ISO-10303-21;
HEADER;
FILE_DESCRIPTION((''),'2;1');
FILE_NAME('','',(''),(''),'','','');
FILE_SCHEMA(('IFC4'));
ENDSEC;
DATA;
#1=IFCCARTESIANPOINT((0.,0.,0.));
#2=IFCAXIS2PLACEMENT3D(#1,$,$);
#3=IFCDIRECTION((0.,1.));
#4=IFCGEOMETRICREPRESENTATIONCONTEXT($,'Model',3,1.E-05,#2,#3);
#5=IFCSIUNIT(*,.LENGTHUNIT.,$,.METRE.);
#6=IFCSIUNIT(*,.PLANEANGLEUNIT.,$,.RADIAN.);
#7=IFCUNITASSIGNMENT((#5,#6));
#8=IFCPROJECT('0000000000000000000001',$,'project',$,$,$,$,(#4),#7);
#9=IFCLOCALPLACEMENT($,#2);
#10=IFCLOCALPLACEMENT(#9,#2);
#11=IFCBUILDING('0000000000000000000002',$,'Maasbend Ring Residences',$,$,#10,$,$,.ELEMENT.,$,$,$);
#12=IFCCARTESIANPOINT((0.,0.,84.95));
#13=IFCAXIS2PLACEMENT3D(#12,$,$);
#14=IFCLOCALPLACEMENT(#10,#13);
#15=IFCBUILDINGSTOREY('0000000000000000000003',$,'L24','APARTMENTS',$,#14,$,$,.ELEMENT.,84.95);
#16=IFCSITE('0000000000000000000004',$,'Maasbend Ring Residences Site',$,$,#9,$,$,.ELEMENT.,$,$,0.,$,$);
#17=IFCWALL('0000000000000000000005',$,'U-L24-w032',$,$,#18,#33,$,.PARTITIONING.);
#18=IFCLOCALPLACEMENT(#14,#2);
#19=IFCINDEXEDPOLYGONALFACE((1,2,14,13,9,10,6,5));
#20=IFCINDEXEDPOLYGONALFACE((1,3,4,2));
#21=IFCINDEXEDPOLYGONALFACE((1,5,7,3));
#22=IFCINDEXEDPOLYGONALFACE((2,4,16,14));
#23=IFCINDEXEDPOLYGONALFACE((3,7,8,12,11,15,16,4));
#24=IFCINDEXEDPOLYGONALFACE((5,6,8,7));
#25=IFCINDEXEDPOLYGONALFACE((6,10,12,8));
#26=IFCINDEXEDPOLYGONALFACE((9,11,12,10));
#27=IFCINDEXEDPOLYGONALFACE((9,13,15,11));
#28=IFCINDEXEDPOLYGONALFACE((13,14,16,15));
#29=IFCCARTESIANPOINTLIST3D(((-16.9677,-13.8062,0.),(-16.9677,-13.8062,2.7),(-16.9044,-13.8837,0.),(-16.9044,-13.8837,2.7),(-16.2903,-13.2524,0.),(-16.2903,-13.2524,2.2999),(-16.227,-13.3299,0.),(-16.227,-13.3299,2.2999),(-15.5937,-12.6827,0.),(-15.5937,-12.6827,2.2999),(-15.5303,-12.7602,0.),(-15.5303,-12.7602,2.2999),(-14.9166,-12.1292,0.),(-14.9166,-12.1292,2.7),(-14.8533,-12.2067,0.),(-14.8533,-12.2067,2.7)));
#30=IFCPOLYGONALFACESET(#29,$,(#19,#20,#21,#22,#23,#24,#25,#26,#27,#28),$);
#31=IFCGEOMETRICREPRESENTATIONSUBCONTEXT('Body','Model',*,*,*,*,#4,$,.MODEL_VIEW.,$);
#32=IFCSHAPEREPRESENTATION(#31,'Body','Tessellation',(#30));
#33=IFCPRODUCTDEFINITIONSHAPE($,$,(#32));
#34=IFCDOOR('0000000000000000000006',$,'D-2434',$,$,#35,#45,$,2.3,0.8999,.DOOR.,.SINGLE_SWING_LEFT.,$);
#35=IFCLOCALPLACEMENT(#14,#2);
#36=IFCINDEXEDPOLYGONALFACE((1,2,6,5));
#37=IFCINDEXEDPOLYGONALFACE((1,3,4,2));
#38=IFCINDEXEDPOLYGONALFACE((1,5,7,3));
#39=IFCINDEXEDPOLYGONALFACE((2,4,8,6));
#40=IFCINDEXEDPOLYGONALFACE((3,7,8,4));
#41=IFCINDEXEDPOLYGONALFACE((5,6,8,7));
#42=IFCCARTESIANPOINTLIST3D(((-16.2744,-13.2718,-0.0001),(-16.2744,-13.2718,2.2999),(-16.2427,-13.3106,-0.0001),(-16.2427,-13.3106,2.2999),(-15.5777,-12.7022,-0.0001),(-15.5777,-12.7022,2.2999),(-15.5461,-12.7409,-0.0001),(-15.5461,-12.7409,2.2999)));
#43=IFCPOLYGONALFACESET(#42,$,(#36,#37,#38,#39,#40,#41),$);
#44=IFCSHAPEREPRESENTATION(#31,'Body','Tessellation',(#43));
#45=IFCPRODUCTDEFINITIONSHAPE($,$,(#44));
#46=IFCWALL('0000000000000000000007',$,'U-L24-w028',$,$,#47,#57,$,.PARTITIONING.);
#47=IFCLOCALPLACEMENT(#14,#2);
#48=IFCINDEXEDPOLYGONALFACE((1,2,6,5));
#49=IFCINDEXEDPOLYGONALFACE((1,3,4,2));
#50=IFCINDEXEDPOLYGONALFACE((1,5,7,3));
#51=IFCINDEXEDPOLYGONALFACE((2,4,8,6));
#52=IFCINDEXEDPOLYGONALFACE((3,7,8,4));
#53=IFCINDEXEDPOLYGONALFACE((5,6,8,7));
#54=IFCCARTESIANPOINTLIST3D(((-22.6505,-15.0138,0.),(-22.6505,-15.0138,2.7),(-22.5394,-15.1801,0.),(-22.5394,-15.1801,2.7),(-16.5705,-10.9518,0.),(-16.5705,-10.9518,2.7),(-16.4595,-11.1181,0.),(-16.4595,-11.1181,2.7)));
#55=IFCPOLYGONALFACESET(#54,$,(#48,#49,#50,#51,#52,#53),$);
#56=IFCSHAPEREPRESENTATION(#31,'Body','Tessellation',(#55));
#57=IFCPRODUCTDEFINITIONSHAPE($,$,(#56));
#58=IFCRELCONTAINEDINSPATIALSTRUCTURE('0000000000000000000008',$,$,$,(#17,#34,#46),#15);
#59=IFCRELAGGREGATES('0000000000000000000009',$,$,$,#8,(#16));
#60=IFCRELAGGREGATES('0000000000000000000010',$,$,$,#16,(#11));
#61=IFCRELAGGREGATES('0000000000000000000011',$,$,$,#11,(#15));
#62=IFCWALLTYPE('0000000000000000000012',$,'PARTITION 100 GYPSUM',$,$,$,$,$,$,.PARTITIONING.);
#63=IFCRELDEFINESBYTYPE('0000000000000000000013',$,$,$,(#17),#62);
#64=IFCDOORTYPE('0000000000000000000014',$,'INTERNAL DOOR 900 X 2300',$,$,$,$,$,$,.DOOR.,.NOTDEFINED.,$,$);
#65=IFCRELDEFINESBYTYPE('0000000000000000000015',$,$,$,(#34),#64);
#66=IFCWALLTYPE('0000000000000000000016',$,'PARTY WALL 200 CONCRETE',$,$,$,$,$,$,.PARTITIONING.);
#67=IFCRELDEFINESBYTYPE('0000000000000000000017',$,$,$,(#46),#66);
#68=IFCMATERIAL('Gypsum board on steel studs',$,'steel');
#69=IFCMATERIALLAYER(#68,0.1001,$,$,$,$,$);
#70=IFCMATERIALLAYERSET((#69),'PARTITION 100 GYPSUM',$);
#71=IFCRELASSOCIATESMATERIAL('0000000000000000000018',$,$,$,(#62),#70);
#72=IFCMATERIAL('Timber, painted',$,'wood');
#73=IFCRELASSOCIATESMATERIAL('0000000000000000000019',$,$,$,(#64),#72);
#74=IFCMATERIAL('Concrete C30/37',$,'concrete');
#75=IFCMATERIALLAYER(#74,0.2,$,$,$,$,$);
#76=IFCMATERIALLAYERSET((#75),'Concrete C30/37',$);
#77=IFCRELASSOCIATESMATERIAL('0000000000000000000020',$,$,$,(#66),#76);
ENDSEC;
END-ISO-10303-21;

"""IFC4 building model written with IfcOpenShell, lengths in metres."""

from ifc_helpers import new_model, si_unit, direction, frame, frame_2d, origin, place, context, subcontext, project, spatial, rectangle, extrude, material, layer, layer_set, type_object, element, fill, save


model = new_model("IFC4")

# Units and contexts
model_context = context("Model", 3, precision=1e-05, world=origin(), true_north=direction((0.0, 1.0)))
body_context = subcontext(model_context, "Body", "Model", "MODEL_VIEW")
ifc_project = project(units=[si_unit("LENGTHUNIT", "METRE"), si_unit("PLANEANGLEUNIT", "RADIAN")], contexts=[model_context])

# Site, building, storey
site_placement = place(None, origin())
site = spatial("IfcSite", under=ifc_project, at=site_placement, Name="Maasbend Ring Residences Site", CompositionType="ELEMENT", RefElevation=0.0)
building_placement = place(site_placement, origin())
building = spatial("IfcBuilding", under=site, at=building_placement, Name="Maasbend Ring Residences", CompositionType="ELEMENT")
storey_placement = place(building_placement, frame((0.0, 0.0, 84.95)))
storey = spatial("IfcBuildingStorey", under=building, at=storey_placement, Name="L24", Description="APARTMENTS", CompositionType="ELEMENT", Elevation=84.95)

# Shared definitions
ifc_material_1 = material(Name="Gypsum board on steel studs", Category="steel")
ifc_layer_1 = layer(ifc_material_1, 0.1001)
ifc_layer_set_1 = layer_set([ifc_layer_1], Name="PARTITION 100 GYPSUM")
wall_type_1 = type_object("IfcWallType", Name="PARTITION 100 GYPSUM", PredefinedType="PARTITIONING", material=ifc_layer_set_1)
ifc_material_2 = material(Name="Timber, painted", Category="wood")
door_type_1 = type_object("IfcDoorType", Name="INTERNAL DOOR 900 X 2300", OperationType="NOTDEFINED", PredefinedType="DOOR", material=ifc_material_2)

# Wall, opening, door
wall_1_placement = place(storey_placement, frame((-16.936, -13.845, 0.0), z_axis=(0.0, 0.0, 1.0), x_axis=(0.774163, 0.632987, 0.0)))
wall_1 = element("IfcWall", 1, at=wall_1_placement, inside=storey, type_object=wall_type_1, Name="U-L24-w032", PredefinedType="PARTITIONING", context=body_context, shape_type="SweptSolid", body=[
    extrude(rectangle(XDim=2.6494, YDim=0.1001, at=frame_2d((1.3247, 0.0))), origin(), (0.0, 0.0, 1.0), 2.7),
])
opening_1_placement = place(wall_1_placement, frame((0.875, 0.0, 0.0)))
opening_1 = element("IfcOpeningElement", 2, at=opening_1_placement, cuts=wall_1, PredefinedType="OPENING", context=body_context, shape_type="SweptSolid", body=[
    extrude(rectangle(XDim=0.8999, YDim=2.3, at=frame_2d((0.45, 1.1499))), frame((0.0, 0.0601, 0.0), z_axis=(0.0, -1.0, 0.0), x_axis=(1.0, 0.0, 0.0)), (0.0, 0.0, 1.0), 0.1201),
])
door_1_placement = place(opening_1_placement, origin())
door_1 = element("IfcDoor", 3, at=door_1_placement, inside=storey, type_object=door_type_1, Name="D-2434", OperationType="SINGLE_SWING_LEFT", OverallHeight=2.3, OverallWidth=0.8999, PredefinedType="DOOR", context=body_context, shape_type="SweptSolid", body=[
    extrude(rectangle(XDim=0.8999, YDim=2.3, at=frame_2d((0.45, 1.1499))), frame((0.0, 0.0249, 0.0), z_axis=(0.0, -1.0, 0.0), x_axis=(1.0, 0.0, 0.0)), (0.0, 0.0, 1.0), 0.05),
])
fill(opening_1, door_1)

# Wall
ifc_material_3 = material(Name="Concrete C30/37", Category="concrete")
ifc_layer_2 = layer(ifc_material_3, 0.2)
ifc_layer_set_2 = layer_set([ifc_layer_2], Name="Concrete C30/37")
wall_type_2 = type_object("IfcWallType", Name="PARTY WALL 200 CONCRETE", PredefinedType="PARTITIONING", material=ifc_layer_set_2)
wall_2_placement = place(storey_placement, frame((-22.595, -15.0969, 0.0), z_axis=(0.0, 0.0, 1.0), x_axis=(0.831505, 0.555517, 0.0)))
element("IfcWall", 4, at=wall_2_placement, inside=storey, type_object=wall_type_2, Name="U-L24-w028", PredefinedType="PARTITIONING", context=body_context, shape_type="SweptSolid", body=[
    extrude(rectangle(XDim=7.312, YDim=0.2, at=frame_2d((3.656, 0.0))), origin(), (0.0, 0.0, 1.0), 2.7),
])

save(model, "model.ifc")
